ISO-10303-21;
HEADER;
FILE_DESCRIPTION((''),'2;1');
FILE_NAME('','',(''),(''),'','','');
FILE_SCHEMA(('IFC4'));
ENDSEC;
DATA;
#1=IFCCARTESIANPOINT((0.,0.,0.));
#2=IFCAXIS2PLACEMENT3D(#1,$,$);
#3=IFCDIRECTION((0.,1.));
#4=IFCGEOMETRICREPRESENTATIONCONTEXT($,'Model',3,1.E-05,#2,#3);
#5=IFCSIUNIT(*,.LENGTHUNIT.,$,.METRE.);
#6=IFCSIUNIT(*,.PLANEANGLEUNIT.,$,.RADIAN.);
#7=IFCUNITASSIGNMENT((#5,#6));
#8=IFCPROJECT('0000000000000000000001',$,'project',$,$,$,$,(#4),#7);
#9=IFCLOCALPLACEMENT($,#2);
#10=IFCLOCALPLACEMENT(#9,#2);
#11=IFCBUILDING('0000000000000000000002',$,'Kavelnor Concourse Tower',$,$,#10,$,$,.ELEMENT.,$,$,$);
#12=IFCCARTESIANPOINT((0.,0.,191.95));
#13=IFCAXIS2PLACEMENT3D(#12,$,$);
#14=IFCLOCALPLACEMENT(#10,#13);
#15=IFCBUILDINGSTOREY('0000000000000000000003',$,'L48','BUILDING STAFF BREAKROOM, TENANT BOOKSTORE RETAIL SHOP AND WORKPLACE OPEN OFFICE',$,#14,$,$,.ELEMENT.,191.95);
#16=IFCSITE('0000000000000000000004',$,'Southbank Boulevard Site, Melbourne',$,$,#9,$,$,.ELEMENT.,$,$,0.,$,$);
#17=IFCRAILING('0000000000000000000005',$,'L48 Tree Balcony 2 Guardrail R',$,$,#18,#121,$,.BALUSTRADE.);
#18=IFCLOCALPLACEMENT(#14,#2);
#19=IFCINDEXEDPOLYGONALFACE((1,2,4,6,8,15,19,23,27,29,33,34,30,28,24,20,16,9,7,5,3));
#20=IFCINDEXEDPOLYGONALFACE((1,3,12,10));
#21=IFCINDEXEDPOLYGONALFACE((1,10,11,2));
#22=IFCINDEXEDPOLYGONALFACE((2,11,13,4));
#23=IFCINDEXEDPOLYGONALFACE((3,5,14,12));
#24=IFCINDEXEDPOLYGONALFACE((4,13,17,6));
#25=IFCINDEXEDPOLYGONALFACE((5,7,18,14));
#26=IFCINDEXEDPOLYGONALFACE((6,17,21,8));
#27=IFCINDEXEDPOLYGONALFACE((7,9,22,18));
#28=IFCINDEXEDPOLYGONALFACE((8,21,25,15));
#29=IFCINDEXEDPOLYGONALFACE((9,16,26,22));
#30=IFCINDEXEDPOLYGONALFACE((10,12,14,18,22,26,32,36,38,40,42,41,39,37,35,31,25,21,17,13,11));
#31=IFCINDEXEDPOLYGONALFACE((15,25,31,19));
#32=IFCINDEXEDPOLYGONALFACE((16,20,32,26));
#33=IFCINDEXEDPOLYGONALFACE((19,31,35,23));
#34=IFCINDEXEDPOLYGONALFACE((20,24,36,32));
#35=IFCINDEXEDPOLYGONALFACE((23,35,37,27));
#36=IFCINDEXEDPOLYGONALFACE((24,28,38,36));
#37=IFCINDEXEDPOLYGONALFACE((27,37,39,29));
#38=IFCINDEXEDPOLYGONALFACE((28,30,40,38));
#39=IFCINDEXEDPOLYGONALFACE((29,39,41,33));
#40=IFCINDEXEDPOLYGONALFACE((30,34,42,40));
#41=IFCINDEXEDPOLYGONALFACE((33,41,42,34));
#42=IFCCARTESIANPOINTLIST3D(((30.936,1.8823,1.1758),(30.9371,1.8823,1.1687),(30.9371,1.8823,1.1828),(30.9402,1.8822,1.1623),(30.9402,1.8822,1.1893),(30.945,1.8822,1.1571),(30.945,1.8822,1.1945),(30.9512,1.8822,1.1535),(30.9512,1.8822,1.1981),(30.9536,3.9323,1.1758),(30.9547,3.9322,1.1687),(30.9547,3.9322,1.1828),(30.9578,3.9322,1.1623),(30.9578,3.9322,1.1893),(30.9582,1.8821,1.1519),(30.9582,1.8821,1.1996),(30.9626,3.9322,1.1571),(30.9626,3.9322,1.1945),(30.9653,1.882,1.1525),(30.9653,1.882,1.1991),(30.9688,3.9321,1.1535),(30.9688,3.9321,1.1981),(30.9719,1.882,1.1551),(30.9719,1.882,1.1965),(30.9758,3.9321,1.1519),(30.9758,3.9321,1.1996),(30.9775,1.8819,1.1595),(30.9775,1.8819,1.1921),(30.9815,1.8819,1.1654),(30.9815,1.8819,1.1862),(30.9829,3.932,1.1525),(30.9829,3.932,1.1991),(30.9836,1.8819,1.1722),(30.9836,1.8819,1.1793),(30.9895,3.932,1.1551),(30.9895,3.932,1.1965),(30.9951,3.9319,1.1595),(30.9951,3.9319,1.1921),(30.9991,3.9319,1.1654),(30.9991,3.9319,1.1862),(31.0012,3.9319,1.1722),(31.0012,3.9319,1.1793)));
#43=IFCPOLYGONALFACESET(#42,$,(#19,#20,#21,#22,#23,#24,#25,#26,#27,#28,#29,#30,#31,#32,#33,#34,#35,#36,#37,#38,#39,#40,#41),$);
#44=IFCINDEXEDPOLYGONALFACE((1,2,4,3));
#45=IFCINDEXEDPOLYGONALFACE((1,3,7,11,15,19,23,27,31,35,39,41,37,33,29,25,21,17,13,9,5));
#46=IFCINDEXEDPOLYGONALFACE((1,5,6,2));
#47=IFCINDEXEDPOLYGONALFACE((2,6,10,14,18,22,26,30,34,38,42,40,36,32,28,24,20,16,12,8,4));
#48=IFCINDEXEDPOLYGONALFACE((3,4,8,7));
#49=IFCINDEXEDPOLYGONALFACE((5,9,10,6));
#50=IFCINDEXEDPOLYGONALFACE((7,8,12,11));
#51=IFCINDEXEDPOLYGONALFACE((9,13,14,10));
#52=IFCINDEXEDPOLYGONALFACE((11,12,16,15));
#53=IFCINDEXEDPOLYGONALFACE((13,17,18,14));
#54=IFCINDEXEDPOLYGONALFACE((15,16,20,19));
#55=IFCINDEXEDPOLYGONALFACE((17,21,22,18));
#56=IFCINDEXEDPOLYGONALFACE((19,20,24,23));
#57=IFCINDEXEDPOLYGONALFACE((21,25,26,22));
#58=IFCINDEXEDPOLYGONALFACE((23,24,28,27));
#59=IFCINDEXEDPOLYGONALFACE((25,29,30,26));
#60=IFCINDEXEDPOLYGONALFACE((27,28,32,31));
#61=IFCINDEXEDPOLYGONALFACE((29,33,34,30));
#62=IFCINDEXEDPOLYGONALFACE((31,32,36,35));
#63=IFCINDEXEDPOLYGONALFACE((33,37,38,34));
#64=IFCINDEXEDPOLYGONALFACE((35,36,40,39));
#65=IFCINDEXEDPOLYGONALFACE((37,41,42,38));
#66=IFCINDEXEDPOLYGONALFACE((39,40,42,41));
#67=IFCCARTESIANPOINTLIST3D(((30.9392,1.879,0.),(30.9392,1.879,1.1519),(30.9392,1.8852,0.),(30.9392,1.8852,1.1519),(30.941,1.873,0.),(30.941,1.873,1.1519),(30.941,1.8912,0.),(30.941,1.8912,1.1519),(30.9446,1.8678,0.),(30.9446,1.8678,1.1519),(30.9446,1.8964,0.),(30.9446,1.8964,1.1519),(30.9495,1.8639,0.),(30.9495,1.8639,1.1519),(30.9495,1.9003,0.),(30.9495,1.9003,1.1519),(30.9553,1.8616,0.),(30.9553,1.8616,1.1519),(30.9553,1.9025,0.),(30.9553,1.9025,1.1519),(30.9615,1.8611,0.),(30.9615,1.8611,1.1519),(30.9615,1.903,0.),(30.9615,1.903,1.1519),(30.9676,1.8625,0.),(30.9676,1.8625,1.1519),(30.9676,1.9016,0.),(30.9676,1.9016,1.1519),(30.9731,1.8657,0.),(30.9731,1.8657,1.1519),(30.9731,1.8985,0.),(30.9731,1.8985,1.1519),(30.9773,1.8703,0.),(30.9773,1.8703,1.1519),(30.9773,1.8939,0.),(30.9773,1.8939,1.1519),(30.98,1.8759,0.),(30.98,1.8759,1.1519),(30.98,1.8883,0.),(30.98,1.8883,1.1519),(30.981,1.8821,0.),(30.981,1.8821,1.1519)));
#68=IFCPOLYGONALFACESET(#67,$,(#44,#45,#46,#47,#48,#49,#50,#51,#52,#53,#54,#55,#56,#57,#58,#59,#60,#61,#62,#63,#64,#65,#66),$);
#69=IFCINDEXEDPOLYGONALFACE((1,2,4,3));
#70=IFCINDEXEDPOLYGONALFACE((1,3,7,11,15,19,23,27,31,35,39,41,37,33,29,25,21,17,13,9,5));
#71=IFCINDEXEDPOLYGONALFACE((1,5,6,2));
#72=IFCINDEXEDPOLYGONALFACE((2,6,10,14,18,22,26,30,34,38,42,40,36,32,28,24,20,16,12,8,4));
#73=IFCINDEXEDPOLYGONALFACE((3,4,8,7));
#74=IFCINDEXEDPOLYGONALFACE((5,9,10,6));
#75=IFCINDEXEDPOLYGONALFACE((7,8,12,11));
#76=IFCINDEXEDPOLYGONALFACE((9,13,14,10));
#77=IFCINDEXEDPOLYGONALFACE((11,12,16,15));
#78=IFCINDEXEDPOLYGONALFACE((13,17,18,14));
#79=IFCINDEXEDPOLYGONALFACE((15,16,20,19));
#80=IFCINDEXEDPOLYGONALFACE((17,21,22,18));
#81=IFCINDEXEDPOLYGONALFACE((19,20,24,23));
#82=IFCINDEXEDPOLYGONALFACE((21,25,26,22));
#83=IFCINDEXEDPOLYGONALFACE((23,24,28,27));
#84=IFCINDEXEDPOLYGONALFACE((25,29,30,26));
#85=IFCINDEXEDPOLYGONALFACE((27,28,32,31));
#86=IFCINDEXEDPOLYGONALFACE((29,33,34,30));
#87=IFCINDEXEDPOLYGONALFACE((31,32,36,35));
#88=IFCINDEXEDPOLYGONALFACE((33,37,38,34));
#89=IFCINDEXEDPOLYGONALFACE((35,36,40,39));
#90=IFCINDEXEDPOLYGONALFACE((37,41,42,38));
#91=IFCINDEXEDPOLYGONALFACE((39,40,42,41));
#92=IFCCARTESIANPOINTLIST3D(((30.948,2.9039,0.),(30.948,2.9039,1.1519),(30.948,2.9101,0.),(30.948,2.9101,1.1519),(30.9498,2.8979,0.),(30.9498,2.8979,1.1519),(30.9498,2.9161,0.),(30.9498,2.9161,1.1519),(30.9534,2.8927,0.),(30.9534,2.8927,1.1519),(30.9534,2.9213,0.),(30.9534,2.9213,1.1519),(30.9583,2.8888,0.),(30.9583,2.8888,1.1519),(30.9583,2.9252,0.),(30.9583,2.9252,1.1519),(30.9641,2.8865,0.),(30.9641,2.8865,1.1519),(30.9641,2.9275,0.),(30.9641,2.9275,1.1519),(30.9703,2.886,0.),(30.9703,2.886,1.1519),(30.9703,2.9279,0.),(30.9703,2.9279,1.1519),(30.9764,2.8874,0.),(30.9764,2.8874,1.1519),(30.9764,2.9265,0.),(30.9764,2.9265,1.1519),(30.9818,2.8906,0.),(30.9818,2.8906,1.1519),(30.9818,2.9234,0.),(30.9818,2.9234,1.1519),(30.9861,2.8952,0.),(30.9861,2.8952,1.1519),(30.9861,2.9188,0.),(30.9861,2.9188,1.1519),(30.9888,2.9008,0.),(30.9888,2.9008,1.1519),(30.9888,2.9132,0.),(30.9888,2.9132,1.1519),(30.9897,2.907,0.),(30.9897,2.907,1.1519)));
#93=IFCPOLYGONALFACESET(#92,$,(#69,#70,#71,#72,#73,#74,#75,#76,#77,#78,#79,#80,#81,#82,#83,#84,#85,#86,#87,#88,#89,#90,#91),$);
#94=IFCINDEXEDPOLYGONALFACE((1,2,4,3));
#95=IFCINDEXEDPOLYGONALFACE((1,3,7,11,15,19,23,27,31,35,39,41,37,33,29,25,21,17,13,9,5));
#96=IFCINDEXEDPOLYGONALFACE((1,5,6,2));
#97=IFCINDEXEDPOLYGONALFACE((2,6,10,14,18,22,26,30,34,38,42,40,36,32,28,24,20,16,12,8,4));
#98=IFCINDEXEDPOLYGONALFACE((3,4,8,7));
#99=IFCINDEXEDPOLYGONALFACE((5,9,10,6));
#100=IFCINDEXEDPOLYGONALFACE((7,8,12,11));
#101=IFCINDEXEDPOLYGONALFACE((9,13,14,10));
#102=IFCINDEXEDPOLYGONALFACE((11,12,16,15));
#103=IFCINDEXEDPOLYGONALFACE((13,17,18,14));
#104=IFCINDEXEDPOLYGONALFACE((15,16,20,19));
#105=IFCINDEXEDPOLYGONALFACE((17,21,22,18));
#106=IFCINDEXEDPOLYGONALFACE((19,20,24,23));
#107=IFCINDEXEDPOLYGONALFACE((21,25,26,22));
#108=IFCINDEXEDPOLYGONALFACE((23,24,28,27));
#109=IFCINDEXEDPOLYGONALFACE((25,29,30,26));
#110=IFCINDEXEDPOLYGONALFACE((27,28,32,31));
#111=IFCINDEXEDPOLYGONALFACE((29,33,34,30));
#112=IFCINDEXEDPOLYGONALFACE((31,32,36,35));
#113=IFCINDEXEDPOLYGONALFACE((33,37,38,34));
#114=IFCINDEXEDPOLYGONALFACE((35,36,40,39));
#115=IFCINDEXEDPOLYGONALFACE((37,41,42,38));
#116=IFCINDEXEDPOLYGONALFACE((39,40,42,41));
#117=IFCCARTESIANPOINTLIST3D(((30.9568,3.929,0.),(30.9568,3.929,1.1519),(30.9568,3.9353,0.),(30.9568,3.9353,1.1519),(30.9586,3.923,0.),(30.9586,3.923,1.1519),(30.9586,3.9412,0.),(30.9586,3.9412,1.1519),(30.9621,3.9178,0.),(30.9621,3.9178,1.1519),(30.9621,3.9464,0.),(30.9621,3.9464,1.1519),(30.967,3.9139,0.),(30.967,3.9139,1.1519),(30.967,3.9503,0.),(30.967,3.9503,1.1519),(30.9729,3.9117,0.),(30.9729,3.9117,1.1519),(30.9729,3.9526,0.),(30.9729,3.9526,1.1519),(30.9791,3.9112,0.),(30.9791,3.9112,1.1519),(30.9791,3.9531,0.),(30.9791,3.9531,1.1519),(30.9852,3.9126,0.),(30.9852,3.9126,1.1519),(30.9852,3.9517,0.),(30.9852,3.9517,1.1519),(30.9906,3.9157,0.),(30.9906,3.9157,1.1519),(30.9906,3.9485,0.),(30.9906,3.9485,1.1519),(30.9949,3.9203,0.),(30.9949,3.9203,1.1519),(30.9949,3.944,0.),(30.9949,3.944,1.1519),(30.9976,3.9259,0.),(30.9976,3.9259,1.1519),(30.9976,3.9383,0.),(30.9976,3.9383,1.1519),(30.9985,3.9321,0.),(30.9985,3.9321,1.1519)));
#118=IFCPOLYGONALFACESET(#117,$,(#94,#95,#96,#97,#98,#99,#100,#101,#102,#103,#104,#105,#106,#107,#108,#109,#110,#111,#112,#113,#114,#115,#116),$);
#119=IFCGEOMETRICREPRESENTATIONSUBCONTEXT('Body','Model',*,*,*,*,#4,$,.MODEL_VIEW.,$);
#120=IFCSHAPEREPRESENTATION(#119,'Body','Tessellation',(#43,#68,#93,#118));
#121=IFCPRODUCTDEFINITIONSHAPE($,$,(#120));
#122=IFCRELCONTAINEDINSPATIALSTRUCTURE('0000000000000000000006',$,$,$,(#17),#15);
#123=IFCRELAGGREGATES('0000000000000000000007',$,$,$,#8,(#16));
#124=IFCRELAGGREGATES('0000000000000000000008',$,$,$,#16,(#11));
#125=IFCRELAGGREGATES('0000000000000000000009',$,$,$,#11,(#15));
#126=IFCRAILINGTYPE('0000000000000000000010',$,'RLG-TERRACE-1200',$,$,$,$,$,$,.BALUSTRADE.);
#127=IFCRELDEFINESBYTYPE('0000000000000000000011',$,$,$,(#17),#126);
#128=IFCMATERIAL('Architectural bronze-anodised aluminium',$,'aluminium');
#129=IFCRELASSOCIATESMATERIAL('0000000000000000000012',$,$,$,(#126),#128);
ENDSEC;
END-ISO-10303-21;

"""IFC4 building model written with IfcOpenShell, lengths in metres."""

from ifc_helpers import new_model, si_unit, direction, frame, origin, origin_2d, place, context, subcontext, project, spatial, circle, extrude, material, type_object, element, save


model = new_model("IFC4")

# Units and contexts
model_context = context("Model", 3, precision=1e-05, world=origin(), true_north=direction((0.0, 1.0)))
body_context = subcontext(model_context, "Body", "Model", "MODEL_VIEW")
ifc_project = project(units=[si_unit("LENGTHUNIT", "METRE"), si_unit("PLANEANGLEUNIT", "RADIAN")], contexts=[model_context])

# Site, building, storey
site_placement = place(None, origin())
site = spatial("IfcSite", under=ifc_project, at=site_placement, Name="Southbank Boulevard Site, Melbourne", CompositionType="ELEMENT", RefElevation=0.0)
building_placement = place(site_placement, origin())
building = spatial("IfcBuilding", under=site, at=building_placement, Name="Kavelnor Concourse Tower", CompositionType="ELEMENT")
storey_placement = place(building_placement, frame((0.0, 0.0, 191.95)))
storey = spatial("IfcBuildingStorey", under=building, at=storey_placement, Name="L48", Description="BUILDING STAFF BREAKROOM, TENANT BOOKSTORE RETAIL SHOP AND WORKPLACE OPEN OFFICE", CompositionType="ELEMENT", Elevation=191.95)

# Railing
ifc_material_1 = material(Name="Architectural bronze-anodised aluminium", Category="aluminium")
railing_type = type_object("IfcRailingType", Name="RLG-TERRACE-1200", PredefinedType="BALUSTRADE", material=ifc_material_1)
railing_placement = place(storey_placement, frame((30.96, 1.8821, 0.0)))
element("IfcRailing", 1, at=railing_placement, inside=storey, type_object=railing_type, Name="L48 Tree Balcony 2 Guardrail R", PredefinedType="BALUSTRADE", context=body_context, shape_type="SweptSolid", body=[
    extrude(circle(Radius=0.0239, at=origin_2d()), frame((0.0, 0.0, 1.1758), z_axis=(0.008574, 0.999963, 0.0), x_axis=(-0.999963, 0.008574, 0.0)), (0.0, 0.0, 1.0), 2.05),
    extrude(circle(Radius=0.021, at=origin_2d()), origin(), (0.0, 0.0, 1.0), 1.1519),
    extrude(circle(Radius=0.021, at=origin_2d()), frame((0.0088, 1.0249, 0.0)), (0.0, 0.0, 1.0), 1.1519),
    extrude(circle(Radius=0.021, at=origin_2d()), frame((0.0176, 2.05, 0.0)), (0.0, 0.0, 1.0), 1.1519),
])

save(model, "model.ifc")
